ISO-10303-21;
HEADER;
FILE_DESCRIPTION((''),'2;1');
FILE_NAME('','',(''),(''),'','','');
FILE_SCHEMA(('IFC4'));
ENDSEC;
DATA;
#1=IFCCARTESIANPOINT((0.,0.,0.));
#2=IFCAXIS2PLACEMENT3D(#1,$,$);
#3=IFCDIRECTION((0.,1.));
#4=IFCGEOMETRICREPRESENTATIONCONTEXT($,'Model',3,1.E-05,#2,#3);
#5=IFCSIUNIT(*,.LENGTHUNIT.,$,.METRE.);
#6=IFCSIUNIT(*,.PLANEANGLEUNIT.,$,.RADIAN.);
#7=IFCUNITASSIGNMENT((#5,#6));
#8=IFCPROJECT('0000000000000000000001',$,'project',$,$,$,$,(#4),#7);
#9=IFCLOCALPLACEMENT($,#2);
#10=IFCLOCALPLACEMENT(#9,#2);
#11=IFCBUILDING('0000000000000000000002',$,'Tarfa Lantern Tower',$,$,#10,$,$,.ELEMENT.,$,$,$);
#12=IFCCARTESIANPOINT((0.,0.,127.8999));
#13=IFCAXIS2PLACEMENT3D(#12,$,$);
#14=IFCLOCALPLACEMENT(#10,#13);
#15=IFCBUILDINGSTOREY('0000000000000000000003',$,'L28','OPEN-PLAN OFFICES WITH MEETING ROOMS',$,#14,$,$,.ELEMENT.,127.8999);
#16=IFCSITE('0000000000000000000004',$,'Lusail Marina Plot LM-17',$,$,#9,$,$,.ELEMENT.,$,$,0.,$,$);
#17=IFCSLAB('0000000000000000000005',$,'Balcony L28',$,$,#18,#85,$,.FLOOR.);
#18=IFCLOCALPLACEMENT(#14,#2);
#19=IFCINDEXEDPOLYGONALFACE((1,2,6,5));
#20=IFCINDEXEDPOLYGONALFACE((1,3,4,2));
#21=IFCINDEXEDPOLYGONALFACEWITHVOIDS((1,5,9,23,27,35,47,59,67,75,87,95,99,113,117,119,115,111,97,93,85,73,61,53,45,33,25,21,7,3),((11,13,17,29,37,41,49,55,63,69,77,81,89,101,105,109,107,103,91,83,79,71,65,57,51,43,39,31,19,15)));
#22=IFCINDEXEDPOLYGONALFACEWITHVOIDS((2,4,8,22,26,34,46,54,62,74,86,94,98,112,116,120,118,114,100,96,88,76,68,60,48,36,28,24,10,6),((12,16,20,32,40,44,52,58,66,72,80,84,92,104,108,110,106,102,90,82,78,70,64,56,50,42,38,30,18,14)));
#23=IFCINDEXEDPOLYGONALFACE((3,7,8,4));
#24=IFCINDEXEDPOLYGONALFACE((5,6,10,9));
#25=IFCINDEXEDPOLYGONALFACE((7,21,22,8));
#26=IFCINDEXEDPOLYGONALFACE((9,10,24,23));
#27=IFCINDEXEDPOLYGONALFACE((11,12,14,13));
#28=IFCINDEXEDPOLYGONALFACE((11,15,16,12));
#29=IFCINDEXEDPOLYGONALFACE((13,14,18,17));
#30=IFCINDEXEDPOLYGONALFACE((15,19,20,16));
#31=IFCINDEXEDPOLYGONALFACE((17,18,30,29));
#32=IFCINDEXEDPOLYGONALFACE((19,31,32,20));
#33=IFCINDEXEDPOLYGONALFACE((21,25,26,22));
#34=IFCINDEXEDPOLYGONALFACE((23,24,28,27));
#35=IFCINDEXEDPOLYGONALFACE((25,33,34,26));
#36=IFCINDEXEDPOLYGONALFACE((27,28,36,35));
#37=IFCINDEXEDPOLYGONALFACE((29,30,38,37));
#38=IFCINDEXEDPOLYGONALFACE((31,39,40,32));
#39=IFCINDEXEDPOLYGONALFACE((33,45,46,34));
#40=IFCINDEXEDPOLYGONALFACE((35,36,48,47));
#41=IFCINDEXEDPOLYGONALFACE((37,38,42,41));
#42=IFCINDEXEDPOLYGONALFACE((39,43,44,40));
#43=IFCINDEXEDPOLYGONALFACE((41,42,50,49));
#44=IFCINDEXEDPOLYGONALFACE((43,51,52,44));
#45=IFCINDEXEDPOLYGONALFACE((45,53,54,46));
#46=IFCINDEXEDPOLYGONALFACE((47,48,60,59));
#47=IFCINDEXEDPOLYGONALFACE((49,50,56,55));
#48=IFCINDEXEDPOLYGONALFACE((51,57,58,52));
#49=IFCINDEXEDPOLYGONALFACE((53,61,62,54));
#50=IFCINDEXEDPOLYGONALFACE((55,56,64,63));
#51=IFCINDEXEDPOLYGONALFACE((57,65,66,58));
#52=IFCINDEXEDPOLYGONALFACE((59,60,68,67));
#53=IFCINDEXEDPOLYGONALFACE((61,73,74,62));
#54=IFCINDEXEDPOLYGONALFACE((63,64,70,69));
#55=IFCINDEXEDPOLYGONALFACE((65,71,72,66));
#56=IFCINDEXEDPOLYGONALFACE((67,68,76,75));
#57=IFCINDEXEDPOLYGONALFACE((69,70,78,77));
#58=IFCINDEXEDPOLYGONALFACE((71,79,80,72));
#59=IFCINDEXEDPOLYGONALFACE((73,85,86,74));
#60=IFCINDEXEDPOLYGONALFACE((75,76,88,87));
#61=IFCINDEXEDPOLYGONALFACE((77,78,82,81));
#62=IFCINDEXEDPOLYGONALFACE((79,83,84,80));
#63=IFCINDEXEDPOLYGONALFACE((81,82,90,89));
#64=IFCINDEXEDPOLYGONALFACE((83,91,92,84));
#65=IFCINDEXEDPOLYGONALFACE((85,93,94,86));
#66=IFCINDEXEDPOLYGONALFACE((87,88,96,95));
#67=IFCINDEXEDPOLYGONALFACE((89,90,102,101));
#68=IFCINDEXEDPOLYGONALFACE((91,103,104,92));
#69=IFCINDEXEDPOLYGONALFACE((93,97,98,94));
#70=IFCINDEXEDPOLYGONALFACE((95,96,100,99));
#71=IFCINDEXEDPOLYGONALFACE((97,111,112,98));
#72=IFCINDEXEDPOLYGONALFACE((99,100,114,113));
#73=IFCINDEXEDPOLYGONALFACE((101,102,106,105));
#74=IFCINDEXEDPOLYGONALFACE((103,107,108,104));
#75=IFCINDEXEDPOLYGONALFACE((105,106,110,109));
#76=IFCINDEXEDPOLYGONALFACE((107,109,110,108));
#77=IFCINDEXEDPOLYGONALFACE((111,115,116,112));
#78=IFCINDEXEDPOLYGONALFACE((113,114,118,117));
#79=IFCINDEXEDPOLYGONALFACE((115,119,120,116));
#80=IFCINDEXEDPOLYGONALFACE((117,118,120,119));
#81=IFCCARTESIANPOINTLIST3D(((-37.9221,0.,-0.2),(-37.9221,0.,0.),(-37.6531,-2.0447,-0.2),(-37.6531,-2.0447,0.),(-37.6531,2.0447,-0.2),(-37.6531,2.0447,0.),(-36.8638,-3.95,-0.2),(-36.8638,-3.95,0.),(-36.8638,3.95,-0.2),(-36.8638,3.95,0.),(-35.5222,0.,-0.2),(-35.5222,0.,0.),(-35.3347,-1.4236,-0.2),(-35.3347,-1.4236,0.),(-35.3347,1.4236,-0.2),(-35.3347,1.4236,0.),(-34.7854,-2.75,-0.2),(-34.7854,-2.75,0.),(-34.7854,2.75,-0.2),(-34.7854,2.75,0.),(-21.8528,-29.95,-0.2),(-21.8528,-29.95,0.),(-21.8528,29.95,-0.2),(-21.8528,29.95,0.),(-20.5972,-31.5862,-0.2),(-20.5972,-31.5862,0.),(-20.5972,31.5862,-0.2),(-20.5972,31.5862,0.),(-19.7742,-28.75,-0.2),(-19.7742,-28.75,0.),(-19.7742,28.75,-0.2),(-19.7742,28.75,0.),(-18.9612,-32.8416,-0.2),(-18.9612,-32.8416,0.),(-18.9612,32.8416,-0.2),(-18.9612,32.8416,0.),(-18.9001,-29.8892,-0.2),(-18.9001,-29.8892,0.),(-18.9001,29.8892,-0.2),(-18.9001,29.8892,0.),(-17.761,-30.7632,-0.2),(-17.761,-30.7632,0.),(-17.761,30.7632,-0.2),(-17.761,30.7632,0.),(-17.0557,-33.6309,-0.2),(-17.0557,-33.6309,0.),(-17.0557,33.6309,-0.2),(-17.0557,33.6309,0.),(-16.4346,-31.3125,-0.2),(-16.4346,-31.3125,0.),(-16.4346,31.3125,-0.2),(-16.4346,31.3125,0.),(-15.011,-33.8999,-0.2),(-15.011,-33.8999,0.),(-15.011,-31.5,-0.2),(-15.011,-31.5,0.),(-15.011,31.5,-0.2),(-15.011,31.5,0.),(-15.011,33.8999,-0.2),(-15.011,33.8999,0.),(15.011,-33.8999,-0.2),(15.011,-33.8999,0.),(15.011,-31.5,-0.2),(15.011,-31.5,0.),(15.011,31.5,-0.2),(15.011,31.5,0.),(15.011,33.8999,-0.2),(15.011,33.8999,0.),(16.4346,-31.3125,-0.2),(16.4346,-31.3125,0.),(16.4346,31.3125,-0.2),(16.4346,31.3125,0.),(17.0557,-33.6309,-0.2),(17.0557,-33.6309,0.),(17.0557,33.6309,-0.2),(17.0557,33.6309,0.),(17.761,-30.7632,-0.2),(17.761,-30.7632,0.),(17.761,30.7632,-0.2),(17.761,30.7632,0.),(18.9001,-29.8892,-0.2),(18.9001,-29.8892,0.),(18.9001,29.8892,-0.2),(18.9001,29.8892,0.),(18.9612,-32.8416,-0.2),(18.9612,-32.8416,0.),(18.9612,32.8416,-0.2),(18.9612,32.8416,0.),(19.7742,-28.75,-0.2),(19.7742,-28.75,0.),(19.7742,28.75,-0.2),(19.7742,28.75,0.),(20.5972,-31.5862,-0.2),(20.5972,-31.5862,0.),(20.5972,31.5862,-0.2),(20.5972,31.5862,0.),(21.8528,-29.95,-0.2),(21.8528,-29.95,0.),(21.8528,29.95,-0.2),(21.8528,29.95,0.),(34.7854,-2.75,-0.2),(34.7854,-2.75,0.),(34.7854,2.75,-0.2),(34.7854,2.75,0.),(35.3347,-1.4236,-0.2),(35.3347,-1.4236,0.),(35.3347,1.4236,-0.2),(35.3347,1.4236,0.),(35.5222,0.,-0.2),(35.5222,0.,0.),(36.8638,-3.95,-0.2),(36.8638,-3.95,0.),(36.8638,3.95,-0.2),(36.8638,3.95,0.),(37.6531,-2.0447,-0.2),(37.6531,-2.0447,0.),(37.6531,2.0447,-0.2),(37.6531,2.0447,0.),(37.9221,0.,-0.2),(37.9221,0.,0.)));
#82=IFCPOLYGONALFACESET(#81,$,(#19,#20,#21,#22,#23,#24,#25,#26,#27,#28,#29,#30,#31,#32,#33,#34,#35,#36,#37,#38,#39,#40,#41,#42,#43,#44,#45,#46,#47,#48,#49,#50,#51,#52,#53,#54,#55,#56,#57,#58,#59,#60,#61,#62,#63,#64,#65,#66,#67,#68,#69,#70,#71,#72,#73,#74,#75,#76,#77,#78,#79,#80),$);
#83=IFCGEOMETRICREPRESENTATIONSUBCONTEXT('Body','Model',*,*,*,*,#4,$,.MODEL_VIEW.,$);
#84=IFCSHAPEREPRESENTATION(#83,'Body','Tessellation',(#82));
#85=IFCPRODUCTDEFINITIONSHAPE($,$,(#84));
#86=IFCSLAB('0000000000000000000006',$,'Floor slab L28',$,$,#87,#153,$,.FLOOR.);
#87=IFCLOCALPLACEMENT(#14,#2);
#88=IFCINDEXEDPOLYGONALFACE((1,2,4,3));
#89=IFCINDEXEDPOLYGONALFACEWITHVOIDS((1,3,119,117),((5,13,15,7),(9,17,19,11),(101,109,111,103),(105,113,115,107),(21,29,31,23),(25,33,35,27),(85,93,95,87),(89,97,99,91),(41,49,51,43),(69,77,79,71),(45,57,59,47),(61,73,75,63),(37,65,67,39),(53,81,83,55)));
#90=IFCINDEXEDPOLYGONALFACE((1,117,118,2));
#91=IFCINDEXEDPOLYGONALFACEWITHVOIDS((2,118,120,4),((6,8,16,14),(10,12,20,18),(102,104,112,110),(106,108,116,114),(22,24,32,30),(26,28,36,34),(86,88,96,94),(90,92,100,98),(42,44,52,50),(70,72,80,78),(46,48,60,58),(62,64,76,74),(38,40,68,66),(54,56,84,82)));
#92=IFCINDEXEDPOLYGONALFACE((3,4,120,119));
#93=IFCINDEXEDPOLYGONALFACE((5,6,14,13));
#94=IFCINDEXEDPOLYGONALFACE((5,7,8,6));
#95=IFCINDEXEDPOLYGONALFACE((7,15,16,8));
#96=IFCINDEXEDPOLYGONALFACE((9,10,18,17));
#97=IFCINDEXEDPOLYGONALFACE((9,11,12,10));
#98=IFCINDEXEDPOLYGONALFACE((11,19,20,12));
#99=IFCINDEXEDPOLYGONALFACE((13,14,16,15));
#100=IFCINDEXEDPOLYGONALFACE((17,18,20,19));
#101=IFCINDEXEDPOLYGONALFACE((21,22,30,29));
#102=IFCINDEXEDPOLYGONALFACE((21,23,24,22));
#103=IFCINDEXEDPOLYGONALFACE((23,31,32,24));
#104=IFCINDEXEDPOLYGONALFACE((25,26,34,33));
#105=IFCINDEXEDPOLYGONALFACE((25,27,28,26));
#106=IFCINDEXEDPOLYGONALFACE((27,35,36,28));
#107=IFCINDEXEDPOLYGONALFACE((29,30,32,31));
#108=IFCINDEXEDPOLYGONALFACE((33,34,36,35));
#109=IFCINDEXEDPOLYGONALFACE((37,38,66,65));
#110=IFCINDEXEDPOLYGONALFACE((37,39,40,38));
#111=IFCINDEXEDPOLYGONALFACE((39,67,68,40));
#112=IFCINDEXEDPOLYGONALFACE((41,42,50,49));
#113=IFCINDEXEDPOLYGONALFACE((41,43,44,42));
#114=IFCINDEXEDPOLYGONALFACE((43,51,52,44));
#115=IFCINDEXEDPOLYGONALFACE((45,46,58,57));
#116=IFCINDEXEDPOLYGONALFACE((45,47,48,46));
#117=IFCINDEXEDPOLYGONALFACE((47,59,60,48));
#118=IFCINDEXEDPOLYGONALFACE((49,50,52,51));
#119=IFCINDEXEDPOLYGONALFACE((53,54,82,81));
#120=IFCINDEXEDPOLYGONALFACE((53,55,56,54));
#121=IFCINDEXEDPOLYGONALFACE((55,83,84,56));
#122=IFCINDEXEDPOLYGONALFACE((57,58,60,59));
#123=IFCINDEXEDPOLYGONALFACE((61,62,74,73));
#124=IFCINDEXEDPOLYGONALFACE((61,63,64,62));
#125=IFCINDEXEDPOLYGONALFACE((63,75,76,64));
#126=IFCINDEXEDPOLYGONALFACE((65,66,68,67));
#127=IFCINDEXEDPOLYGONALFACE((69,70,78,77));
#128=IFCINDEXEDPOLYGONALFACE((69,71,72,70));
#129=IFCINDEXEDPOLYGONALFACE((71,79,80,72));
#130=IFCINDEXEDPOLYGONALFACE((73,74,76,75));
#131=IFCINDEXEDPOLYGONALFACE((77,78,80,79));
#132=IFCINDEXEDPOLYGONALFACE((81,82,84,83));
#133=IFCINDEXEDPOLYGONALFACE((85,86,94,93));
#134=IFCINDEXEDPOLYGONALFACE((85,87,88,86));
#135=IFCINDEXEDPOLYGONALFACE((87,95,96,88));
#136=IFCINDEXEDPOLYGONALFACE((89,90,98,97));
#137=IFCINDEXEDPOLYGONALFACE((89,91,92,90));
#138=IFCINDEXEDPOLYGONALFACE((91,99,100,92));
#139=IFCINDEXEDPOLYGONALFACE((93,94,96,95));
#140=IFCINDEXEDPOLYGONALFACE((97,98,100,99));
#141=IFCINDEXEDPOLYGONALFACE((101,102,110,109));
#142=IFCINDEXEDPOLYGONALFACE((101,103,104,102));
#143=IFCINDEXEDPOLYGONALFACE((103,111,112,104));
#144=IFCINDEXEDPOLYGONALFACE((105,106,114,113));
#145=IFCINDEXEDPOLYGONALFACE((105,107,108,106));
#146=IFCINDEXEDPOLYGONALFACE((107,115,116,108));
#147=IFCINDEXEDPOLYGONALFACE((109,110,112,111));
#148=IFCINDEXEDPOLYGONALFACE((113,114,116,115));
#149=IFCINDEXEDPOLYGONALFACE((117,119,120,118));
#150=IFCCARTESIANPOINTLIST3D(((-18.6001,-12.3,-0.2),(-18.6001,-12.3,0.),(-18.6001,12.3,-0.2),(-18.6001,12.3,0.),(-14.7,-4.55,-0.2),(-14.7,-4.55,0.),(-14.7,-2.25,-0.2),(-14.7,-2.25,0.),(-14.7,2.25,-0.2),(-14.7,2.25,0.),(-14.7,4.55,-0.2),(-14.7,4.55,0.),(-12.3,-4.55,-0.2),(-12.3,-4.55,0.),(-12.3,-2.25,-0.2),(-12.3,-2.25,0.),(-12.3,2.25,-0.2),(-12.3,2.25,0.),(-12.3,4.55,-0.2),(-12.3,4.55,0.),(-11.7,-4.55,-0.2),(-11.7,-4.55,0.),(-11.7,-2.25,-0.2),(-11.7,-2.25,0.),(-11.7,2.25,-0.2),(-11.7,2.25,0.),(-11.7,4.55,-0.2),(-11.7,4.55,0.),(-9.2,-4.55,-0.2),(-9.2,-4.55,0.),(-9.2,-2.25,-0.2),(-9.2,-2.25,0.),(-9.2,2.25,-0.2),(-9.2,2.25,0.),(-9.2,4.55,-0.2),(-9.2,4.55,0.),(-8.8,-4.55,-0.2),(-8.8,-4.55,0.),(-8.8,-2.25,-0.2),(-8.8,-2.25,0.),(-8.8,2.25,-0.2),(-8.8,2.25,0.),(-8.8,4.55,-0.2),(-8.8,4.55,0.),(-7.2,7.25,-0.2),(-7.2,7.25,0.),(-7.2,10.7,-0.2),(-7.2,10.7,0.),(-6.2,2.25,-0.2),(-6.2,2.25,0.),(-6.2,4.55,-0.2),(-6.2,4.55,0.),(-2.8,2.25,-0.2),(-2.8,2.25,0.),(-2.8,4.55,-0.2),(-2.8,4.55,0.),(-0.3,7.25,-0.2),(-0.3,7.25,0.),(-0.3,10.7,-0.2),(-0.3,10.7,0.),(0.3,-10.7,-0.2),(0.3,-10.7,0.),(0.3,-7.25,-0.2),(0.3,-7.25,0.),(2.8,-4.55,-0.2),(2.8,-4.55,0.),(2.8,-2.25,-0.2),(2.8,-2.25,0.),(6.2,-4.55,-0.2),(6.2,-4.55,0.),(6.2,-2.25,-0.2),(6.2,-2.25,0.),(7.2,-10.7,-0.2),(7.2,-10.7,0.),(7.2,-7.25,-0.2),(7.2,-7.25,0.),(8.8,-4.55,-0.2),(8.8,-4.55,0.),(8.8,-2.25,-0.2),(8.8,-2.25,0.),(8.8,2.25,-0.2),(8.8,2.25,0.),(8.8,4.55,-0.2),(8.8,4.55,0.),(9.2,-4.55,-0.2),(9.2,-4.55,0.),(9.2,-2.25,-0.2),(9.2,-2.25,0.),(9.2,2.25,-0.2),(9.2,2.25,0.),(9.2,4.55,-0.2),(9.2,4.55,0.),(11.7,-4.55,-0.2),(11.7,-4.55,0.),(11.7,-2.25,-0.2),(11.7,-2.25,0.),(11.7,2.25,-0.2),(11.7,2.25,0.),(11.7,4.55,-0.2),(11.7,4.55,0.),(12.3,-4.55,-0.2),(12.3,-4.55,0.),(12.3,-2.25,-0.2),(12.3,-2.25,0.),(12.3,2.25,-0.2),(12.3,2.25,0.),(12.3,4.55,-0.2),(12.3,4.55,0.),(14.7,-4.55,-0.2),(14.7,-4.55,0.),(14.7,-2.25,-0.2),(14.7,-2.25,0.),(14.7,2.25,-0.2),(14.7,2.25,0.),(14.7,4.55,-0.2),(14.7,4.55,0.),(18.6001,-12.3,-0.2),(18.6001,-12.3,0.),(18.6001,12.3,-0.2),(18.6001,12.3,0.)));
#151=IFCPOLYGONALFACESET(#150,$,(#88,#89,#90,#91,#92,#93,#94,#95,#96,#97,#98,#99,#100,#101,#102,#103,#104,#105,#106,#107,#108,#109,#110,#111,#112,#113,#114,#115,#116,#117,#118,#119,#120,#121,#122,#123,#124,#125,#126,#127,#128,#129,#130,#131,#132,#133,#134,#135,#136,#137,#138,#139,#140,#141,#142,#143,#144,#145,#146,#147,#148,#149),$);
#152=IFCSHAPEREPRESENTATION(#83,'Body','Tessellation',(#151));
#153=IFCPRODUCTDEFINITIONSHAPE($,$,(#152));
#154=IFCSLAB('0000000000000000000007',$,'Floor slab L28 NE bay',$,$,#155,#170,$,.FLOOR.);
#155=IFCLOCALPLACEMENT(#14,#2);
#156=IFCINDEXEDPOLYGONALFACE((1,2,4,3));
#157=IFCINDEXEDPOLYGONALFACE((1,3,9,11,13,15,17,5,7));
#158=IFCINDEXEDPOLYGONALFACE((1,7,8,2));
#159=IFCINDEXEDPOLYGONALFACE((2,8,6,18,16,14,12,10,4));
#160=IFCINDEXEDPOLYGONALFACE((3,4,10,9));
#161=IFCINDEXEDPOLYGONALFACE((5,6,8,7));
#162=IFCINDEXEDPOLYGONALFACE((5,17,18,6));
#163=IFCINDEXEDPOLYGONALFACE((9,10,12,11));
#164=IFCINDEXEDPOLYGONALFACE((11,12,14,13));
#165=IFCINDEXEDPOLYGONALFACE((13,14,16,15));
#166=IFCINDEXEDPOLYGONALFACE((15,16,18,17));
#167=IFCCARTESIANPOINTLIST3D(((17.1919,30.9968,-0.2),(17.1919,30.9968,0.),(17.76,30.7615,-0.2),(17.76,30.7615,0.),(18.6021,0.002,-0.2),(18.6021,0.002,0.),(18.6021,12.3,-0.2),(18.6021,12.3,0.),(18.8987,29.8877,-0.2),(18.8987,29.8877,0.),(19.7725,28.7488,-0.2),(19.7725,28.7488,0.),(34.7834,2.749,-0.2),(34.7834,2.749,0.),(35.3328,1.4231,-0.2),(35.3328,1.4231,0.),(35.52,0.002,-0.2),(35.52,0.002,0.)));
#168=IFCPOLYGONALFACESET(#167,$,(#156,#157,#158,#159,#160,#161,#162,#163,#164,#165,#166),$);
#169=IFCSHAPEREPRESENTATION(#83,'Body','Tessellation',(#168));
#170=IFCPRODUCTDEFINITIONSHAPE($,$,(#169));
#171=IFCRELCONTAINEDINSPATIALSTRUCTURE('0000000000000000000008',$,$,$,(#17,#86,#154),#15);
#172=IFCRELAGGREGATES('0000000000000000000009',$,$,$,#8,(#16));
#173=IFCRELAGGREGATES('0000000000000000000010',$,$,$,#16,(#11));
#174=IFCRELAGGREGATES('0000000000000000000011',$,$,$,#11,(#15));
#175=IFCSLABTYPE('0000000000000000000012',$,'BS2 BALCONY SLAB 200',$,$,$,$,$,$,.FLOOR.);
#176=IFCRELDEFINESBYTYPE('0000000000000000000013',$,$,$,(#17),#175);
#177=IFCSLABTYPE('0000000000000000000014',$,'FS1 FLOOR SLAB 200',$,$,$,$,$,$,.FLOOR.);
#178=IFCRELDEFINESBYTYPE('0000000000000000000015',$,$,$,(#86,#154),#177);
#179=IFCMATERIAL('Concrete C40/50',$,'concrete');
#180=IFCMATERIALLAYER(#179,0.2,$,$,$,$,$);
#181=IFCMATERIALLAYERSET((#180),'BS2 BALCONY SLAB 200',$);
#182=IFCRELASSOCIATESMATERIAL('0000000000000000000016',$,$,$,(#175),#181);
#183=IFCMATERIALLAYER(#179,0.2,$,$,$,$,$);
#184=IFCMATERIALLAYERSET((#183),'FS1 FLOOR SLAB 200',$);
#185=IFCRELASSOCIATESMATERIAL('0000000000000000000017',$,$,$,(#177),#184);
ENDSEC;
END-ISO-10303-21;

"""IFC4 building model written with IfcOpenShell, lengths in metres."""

from ifc_helpers import new_model, si_unit, direction, frame, origin, place, context, subcontext, project, spatial, polyline, outline, extrude, material, layer, layer_set, type_object, element, save


model = new_model("IFC4")

# Units and contexts
model_context = context("Model", 3, precision=1e-05, world=origin(), true_north=direction((0.0, 1.0)))
body_context = subcontext(model_context, "Body", "Model", "MODEL_VIEW")
ifc_project = project(units=[si_unit("LENGTHUNIT", "METRE"), si_unit("PLANEANGLEUNIT", "RADIAN")], contexts=[model_context])

# Site, building, storey
site_placement = place(None, origin())
site = spatial("IfcSite", under=ifc_project, at=site_placement, Name="Lusail Marina Plot LM-17", CompositionType="ELEMENT", RefElevation=0.0)
building_placement = place(site_placement, origin())
building = spatial("IfcBuilding", under=site, at=building_placement, Name="Tarfa Lantern Tower", CompositionType="ELEMENT")
storey_placement = place(building_placement, frame((0.0, 0.0, 127.8999)))
storey = spatial("IfcBuildingStorey", under=building, at=storey_placement, Name="L28", Description="OPEN-PLAN OFFICES WITH MEETING ROOMS", CompositionType="ELEMENT", Elevation=127.8999)

# Slabs
ifc_material_1 = material(Name="Concrete C40/50", Category="concrete")
ifc_layer_1 = layer(ifc_material_1, 0.2)
ifc_layer_set_1 = layer_set([ifc_layer_1], Name="BS2 BALCONY SLAB 200")
slab_type_1 = type_object("IfcSlabType", Name="BS2 BALCONY SLAB 200", PredefinedType="FLOOR", material=ifc_layer_set_1)
slab_1_placement = place(storey_placement, frame((0.0, 0.0, -0.2)))
element("IfcSlab", 1, at=slab_1_placement, inside=storey, type_object=slab_type_1, Name="Balcony L28", PredefinedType="FLOOR", context=body_context, shape_type="SweptSolid", body=[
    extrude(outline(polyline([(36.8638, 3.95), (21.8528, 29.95), (20.5972, 31.5862), (18.9612, 32.8416), (17.0557, 33.6309), (15.011, 33.8999), (-15.011, 33.8999), (-17.0557, 33.6309), (-18.9612, 32.8416), (-20.5972, 31.5862), (-21.8528, 29.95), (-36.8638, 3.95), (-37.6531, 2.0447), (-37.9221, 0.0), (-37.6531, -2.0447), (-36.8638, -3.95), (-21.8528, -29.95), (-20.5972, -31.5862), (-18.9612, -32.8416), (-17.0557, -33.6309), (-15.011, -33.8999), (15.011, -33.8999), (17.0557, -33.6309), (18.9612, -32.8416), (20.5972, -31.5862), (21.8528, -29.95), (36.8638, -3.95), (37.6531, -2.0447), (37.9221, 0.0), (37.6531, 2.0447), (36.8638, 3.95)]), holes=[polyline([(34.7854, 2.75), (19.7742, 28.75), (18.9001, 29.8892), (17.761, 30.7632), (16.4346, 31.3125), (15.011, 31.5), (-15.011, 31.5), (-16.4346, 31.3125), (-17.761, 30.7632), (-18.9001, 29.8892), (-19.7742, 28.75), (-34.7854, 2.75), (-35.3347, 1.4236), (-35.5222, 0.0), (-35.3347, -1.4236), (-34.7854, -2.75), (-19.7742, -28.75), (-18.9001, -29.8892), (-17.761, -30.7632), (-16.4346, -31.3125), (-15.011, -31.5), (15.011, -31.5), (16.4346, -31.3125), (17.761, -30.7632), (18.9001, -29.8892), (19.7742, -28.75), (34.7854, -2.75), (35.3347, -1.4236), (35.5222, 0.0), (35.3347, 1.4236), (34.7854, 2.75)])]), origin(), (0.0, 0.0, 1.0), 0.2),
])
ifc_layer_2 = layer(ifc_material_1, 0.2)
ifc_layer_set_2 = layer_set([ifc_layer_2], Name="FS1 FLOOR SLAB 200")
slab_type_2 = type_object("IfcSlabType", Name="FS1 FLOOR SLAB 200", PredefinedType="FLOOR", material=ifc_layer_set_2)
slab_2_placement = place(storey_placement, frame((0.0, 0.0, -0.2)))
element("IfcSlab", 2, at=slab_2_placement, inside=storey, type_object=slab_type_2, Name="Floor slab L28", PredefinedType="FLOOR", context=body_context, shape_type="SweptSolid", body=[
    extrude(outline(polyline([(-18.6001, -12.3), (18.6001, -12.3), (18.6001, 12.3), (-18.6001, 12.3), (-18.6001, -12.3)]), holes=[polyline([(-14.7, 2.25), (-12.3, 2.25), (-12.3, 4.55), (-14.7, 4.55), (-14.7, 2.25)]), polyline([(-11.7, 2.25), (-9.2, 2.25), (-9.2, 4.55), (-11.7, 4.55), (-11.7, 2.25)]), polyline([(-8.8, 2.25), (-6.2, 2.25), (-6.2, 4.55), (-8.8, 4.55), (-8.8, 2.25)]), polyline([(-2.8, 2.25), (8.8, 2.25), (8.8, 4.55), (-2.8, 4.55), (-2.8, 2.25)]), polyline([(9.2, 2.25), (11.7, 2.25), (11.7, 4.55), (9.2, 4.55), (9.2, 2.25)]), polyline([(12.3, 2.25), (14.7, 2.25), (14.7, 4.55), (12.3, 4.55), (12.3, 2.25)]), polyline([(14.7, -2.25), (12.3, -2.25), (12.3, -4.55), (14.7, -4.55), (14.7, -2.25)]), polyline([(11.7, -2.25), (9.2, -2.25), (9.2, -4.55), (11.7, -4.55), (11.7, -2.25)]), polyline([(8.8, -2.25), (6.2, -2.25), (6.2, -4.55), (8.8, -4.55), (8.8, -2.25)]), polyline([(2.8, -2.25), (-8.8, -2.25), (-8.8, -4.55), (2.8, -4.55), (2.8, -2.25)]), polyline([(-9.2, -2.25), (-11.7, -2.25), (-11.7, -4.55), (-9.2, -4.55), (-9.2, -2.25)]), polyline([(-12.3, -2.25), (-14.7, -2.25), (-14.7, -4.55), (-12.3, -4.55), (-12.3, -2.25)]), polyline([(-7.2, 7.25), (-0.3, 7.25), (-0.3, 10.7), (-7.2, 10.7), (-7.2, 7.25)]), polyline([(7.2, -7.25), (0.3, -7.25), (0.3, -10.7), (7.2, -10.7), (7.2, -7.25)])]), origin(), (0.0, 0.0, 1.0), 0.2),
])
slab_3_placement = place(storey_placement, frame((0.0, 0.0, -0.2)))
element("IfcSlab", 3, at=slab_3_placement, inside=storey, type_object=slab_type_2, Name="Floor slab L28 NE bay", PredefinedType="FLOOR", context=body_context, shape_type="SweptSolid", body=[
    extrude(outline(polyline([(34.7834, 2.749), (19.7725, 28.7488), (18.8987, 29.8877), (17.76, 30.7615), (17.1919, 30.9968), (18.6021, 12.3), (18.6021, 0.002), (35.52, 0.002), (35.3328, 1.4231), (34.7834, 2.749)])), origin(), (0.0, 0.0, 1.0), 0.2),
])

save(model, "model.ifc")
